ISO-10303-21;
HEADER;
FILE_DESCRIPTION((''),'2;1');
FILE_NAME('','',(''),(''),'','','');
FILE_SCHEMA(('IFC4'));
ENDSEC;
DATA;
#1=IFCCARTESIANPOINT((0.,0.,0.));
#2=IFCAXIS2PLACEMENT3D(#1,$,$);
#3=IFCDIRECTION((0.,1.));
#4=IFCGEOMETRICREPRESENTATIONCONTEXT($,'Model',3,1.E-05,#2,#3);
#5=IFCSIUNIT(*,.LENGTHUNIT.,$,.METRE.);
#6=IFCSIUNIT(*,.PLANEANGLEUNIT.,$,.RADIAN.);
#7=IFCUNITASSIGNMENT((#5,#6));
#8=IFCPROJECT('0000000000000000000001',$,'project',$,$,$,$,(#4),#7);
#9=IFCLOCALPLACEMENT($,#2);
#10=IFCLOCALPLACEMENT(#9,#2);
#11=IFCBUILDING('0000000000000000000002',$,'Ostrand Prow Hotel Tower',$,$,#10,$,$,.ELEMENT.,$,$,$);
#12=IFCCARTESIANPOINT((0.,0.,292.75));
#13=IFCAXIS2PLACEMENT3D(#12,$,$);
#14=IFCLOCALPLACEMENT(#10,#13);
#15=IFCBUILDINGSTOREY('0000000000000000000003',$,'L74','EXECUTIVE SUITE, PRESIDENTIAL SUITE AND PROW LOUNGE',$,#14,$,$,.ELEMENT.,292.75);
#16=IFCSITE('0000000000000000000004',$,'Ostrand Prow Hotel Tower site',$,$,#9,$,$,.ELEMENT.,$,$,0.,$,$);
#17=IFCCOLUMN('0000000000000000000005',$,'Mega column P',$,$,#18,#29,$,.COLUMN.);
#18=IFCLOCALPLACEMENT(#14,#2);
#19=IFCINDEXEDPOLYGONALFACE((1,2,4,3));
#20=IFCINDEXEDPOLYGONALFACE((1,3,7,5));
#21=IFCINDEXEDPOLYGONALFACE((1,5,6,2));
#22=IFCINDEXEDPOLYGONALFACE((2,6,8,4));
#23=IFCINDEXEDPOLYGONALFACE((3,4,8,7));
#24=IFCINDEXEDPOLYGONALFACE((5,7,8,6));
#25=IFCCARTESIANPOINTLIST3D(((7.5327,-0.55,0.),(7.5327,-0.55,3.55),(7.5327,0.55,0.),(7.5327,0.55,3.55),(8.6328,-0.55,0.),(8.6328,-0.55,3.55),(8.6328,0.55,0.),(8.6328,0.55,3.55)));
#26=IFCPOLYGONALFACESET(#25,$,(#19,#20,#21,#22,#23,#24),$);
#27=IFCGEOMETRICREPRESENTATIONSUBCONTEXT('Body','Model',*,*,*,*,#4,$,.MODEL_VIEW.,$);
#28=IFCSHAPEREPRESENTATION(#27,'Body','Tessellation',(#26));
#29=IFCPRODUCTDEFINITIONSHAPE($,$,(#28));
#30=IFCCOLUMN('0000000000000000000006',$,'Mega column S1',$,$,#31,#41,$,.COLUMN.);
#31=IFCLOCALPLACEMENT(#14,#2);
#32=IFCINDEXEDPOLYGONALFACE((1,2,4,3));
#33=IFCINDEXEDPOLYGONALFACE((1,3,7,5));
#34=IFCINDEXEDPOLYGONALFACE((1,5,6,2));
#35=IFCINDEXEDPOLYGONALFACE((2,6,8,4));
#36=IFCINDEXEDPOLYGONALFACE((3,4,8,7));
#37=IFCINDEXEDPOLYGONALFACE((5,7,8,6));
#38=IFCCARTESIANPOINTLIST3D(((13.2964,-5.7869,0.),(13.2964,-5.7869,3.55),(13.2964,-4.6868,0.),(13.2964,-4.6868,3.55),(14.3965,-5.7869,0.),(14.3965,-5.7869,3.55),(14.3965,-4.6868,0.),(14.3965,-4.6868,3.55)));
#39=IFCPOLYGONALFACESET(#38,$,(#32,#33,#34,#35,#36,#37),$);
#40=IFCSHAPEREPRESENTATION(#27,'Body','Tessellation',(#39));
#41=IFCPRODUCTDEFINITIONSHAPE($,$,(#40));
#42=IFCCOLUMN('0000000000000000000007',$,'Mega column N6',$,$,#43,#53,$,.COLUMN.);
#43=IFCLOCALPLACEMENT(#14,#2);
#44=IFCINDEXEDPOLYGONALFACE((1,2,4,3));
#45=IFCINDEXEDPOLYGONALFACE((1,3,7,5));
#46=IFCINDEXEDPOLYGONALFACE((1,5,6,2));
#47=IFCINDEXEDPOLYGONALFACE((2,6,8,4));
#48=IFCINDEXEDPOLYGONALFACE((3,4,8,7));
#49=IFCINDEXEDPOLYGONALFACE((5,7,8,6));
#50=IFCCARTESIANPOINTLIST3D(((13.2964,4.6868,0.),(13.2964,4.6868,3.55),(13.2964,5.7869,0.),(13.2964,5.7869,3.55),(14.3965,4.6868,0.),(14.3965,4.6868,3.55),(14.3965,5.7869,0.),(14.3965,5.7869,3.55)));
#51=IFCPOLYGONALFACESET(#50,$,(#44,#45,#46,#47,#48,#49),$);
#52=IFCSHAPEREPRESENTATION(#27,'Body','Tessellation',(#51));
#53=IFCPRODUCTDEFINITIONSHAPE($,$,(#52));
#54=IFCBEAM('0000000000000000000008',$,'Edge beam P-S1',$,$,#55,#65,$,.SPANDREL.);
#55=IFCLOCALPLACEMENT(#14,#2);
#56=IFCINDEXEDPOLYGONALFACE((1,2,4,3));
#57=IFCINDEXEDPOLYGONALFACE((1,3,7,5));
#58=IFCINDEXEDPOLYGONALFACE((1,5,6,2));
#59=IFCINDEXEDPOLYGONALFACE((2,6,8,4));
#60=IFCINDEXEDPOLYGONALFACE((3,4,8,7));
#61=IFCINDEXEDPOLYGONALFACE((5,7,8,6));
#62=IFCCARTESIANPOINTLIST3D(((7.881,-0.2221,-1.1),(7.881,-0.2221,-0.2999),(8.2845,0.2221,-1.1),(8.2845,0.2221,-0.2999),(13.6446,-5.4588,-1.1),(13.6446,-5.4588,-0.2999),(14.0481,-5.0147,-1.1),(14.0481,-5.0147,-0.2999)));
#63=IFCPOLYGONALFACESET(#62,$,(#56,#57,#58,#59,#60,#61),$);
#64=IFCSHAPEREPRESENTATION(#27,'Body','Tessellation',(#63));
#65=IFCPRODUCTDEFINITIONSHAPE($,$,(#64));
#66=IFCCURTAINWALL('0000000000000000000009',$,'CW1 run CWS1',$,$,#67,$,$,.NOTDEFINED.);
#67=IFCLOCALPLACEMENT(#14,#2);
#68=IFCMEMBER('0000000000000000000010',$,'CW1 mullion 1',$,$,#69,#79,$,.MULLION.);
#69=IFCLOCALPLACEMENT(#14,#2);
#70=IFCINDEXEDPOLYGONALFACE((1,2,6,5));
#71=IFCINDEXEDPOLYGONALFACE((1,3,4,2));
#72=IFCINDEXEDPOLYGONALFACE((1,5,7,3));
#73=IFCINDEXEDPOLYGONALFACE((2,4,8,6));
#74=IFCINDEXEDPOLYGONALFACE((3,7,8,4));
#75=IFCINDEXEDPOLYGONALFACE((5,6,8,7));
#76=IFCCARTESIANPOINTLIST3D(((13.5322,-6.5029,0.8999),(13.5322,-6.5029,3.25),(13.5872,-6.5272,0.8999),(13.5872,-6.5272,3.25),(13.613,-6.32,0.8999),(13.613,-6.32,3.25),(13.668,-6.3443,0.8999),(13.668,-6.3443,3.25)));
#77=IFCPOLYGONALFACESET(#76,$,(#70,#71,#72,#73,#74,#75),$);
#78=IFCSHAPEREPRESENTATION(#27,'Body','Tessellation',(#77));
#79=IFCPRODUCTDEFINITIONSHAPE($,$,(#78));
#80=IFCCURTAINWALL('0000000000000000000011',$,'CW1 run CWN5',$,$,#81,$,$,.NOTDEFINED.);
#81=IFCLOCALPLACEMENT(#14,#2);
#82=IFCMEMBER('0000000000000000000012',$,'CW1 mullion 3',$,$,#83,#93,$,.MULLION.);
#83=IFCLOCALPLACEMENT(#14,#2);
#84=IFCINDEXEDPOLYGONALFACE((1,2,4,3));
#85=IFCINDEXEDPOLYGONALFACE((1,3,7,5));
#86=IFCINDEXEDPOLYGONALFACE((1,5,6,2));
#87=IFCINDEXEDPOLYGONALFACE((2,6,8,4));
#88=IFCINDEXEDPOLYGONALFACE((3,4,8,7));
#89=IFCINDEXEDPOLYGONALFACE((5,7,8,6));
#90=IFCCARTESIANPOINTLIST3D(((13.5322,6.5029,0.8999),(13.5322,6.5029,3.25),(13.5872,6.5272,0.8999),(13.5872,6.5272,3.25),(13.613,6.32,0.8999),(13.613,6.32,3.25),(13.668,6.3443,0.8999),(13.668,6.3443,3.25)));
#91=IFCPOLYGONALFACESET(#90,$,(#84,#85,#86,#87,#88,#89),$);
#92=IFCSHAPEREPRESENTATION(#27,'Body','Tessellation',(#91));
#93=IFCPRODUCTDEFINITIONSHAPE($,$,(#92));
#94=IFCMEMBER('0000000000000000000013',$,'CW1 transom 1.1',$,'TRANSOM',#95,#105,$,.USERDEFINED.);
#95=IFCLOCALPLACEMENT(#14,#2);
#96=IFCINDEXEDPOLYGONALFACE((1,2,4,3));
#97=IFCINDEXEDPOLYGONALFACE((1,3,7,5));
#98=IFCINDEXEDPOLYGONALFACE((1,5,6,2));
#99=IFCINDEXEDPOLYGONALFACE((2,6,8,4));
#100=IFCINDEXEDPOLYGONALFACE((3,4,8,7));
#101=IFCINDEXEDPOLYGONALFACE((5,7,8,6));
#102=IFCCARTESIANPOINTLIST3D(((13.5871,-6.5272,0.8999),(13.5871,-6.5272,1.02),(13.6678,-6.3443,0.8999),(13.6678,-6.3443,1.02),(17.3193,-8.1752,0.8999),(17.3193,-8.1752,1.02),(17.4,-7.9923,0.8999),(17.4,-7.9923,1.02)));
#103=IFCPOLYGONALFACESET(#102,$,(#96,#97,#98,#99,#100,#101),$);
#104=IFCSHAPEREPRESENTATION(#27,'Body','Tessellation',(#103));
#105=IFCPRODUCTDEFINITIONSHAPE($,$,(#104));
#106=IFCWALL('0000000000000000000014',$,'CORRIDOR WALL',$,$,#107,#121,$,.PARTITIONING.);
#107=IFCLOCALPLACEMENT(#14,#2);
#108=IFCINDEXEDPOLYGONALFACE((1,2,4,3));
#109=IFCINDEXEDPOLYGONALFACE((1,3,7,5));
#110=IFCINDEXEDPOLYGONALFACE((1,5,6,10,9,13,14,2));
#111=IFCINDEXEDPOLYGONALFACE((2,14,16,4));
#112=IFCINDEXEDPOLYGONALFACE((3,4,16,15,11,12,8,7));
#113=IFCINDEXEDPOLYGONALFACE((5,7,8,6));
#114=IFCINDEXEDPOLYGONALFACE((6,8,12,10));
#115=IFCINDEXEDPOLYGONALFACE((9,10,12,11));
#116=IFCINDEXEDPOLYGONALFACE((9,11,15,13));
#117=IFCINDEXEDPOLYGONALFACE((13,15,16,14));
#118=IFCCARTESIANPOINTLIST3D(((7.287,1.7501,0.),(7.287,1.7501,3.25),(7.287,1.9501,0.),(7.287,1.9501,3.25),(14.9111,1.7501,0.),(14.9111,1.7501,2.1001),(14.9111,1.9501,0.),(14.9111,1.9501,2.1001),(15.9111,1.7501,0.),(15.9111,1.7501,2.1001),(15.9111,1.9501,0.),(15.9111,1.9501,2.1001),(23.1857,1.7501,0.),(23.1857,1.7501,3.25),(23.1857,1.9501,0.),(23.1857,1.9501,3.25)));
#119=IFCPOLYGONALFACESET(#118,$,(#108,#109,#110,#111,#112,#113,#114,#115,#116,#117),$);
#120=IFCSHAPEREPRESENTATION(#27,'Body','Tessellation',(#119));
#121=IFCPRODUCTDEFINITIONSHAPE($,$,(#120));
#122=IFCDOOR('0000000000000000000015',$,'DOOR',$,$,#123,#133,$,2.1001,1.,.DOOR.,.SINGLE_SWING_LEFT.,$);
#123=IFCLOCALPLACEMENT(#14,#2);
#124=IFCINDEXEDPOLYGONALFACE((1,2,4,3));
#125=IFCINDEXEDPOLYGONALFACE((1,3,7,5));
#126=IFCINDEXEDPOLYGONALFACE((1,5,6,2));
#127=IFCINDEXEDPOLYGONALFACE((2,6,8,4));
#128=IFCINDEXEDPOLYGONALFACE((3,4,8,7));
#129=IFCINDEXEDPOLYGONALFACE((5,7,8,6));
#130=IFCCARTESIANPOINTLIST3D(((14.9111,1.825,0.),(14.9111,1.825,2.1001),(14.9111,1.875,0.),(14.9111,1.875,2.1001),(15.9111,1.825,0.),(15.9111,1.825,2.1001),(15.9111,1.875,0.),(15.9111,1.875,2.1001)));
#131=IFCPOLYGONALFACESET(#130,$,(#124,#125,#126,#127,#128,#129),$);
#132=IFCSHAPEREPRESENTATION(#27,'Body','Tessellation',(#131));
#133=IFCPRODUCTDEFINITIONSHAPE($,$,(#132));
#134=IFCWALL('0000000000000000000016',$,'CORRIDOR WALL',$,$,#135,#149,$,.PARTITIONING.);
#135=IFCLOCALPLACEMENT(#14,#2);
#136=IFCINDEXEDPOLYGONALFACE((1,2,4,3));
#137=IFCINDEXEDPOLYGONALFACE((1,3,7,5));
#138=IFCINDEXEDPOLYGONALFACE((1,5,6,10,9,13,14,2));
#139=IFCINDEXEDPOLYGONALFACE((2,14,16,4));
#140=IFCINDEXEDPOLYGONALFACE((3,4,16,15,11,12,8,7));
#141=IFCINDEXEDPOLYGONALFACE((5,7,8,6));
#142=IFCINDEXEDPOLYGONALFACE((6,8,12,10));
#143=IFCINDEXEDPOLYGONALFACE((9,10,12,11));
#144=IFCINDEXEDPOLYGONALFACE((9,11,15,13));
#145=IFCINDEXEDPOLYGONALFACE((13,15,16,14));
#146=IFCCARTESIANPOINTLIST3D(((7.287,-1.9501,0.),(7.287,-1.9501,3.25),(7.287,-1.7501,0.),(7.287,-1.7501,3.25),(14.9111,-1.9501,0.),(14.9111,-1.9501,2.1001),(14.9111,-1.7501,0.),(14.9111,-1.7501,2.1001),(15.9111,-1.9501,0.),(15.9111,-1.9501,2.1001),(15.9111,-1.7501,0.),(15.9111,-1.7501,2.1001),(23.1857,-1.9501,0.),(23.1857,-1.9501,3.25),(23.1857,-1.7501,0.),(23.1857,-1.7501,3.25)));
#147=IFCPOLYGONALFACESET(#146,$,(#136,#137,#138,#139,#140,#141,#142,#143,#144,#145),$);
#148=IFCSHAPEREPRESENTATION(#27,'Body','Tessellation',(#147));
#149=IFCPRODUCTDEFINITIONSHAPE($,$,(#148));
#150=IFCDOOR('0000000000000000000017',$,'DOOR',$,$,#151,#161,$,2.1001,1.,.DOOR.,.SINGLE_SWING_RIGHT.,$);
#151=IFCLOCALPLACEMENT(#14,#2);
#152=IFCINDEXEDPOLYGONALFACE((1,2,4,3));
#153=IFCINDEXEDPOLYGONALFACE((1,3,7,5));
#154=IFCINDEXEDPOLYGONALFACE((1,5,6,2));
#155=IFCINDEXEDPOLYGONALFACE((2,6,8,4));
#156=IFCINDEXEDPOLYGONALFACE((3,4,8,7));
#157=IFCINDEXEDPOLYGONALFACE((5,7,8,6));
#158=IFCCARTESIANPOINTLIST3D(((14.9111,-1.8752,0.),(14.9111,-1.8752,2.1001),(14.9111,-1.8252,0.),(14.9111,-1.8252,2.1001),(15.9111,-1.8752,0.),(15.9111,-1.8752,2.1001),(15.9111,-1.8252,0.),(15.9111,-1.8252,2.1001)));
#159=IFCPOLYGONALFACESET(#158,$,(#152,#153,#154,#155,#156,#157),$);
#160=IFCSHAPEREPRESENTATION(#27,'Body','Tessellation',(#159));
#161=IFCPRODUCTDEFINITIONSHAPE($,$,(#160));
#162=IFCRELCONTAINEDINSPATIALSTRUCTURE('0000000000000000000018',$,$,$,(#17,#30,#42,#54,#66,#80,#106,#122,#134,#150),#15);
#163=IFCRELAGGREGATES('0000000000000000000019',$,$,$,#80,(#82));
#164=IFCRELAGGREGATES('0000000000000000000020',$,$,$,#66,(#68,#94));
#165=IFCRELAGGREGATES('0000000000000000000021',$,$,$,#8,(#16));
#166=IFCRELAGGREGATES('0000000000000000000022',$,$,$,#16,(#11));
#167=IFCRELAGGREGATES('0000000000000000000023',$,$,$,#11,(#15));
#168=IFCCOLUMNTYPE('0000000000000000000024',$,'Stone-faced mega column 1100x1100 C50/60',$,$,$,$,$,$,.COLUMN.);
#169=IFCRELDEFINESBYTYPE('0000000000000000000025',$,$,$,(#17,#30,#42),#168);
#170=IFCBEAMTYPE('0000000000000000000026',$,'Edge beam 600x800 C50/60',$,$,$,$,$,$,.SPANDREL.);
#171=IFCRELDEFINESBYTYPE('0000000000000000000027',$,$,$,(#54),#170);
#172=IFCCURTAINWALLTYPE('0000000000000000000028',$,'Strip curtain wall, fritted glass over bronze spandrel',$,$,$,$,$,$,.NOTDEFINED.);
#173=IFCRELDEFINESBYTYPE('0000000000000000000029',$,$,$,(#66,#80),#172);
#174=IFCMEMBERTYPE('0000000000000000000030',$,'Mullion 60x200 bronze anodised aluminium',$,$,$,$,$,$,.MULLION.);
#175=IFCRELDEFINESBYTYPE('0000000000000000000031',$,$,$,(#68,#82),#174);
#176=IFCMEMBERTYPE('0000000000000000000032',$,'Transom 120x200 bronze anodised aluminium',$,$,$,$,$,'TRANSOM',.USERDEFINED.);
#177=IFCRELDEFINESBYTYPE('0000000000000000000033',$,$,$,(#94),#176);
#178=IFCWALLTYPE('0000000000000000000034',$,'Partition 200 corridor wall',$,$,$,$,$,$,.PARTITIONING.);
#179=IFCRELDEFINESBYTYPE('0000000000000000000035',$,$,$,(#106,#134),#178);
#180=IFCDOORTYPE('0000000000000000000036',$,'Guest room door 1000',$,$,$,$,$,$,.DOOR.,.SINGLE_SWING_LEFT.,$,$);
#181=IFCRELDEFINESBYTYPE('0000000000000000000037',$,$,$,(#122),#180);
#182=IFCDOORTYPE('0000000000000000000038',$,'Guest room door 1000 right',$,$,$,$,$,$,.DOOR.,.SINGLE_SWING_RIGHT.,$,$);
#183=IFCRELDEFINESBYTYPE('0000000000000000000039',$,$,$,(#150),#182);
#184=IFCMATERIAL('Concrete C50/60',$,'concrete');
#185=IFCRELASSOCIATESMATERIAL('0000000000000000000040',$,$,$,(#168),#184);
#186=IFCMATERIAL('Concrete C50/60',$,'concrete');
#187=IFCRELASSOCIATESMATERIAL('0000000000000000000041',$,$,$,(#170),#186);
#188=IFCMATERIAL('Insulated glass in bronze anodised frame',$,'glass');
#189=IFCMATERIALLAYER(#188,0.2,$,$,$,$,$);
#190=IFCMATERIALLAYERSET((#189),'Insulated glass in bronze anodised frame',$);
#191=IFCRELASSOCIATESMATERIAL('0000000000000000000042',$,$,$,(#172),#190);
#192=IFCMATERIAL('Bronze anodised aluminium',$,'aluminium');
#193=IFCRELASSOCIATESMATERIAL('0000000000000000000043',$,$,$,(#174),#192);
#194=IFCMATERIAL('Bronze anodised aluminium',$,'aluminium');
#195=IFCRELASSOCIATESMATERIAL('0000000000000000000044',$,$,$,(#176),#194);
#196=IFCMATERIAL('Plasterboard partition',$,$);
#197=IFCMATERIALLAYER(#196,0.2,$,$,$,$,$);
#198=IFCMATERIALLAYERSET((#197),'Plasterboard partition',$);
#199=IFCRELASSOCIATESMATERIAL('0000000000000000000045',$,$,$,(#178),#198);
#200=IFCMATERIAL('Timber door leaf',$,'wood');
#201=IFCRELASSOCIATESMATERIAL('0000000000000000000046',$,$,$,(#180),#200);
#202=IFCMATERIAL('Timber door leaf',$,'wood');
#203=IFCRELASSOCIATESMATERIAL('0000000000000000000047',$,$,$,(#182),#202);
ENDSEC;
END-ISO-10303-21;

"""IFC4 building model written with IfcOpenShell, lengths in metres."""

from ifc_helpers import new_model, si_unit, direction, frame, frame_2d, origin, origin_2d, place, context, subcontext, project, spatial, rectangle, extrude, material, layer, layer_set, material_profile, profile_set, type_object, element, fill, aggregate, save


model = new_model("IFC4")

# Units and contexts
model_context = context("Model", 3, precision=1e-05, world=origin(), true_north=direction((0.0, 1.0)))
body_context = subcontext(model_context, "Body", "Model", "MODEL_VIEW")
ifc_project = project(units=[si_unit("LENGTHUNIT", "METRE"), si_unit("PLANEANGLEUNIT", "RADIAN")], contexts=[model_context])

# Site, building, storey
site_placement = place(None, origin())
site = spatial("IfcSite", under=ifc_project, at=site_placement, Name="Ostrand Prow Hotel Tower site", CompositionType="ELEMENT", RefElevation=0.0)
building_placement = place(site_placement, origin())
building = spatial("IfcBuilding", under=site, at=building_placement, Name="Ostrand Prow Hotel Tower", CompositionType="ELEMENT")
storey_placement = place(building_placement, frame((0.0, 0.0, 292.75)))
storey = spatial("IfcBuildingStorey", under=building, at=storey_placement, Name="L74", Description="EXECUTIVE SUITE, PRESIDENTIAL SUITE AND PROW LOUNGE", CompositionType="ELEMENT", Elevation=292.75)

# Columns
ifc_material_1 = material(Name="Concrete C50/60", Category="concrete")
ifc_material_profile_1 = material_profile(ifc_material_1, rectangle(XDim=1.1001, YDim=1.1001, at=origin_2d()), Name="RC 1100x1100")
ifc_profile_set_1 = profile_set([ifc_material_profile_1], Name="Concrete C50/60")
column_type = type_object("IfcColumnType", Name="Stone-faced mega column 1100x1100 C50/60", PredefinedType="COLUMN", material=ifc_profile_set_1)
for number, where, z_axis, x_axis, name in (
    (1, (8.0828, 0.0, 0.0), (0.0, 0.0, 1.0), (1.0, 0.0, 0.0), "Mega column P"),
    (2, (13.8464, -5.2368, 0.0), (0.0, 0.0, 1.0), (1.0, 0.0, 0.0), "Mega column S1"),
    (3, (13.8464, 5.2368, 0.0), (0.0, 0.0, 1.0), (1.0, 0.0, 0.0), "Mega column N6"),
):
    element("IfcColumn", number, at=place(storey_placement, frame(where, z_axis=z_axis, x_axis=x_axis)), inside=storey, type_object=column_type, Name=name, PredefinedType="COLUMN", context=body_context, shape_type="SweptSolid", body=[
        extrude(rectangle(XDim=1.1001, YDim=1.1001, at=origin_2d()), origin(), (0.0, 0.0, 1.0), 3.55),
    ])

# Beam
ifc_material_2 = material(Name="Concrete C50/60", Category="concrete")
ifc_material_profile_2 = material_profile(ifc_material_2, rectangle(XDim=0.6001, YDim=0.8, at=origin_2d()), Name="RC 600x800")
ifc_profile_set_2 = profile_set([ifc_material_profile_2], Name="Concrete C50/60")
beam_type = type_object("IfcBeamType", Name="Edge beam 600x800 C50/60", PredefinedType="SPANDREL", material=ifc_profile_set_2)
beam_placement = place(storey_placement, frame((8.0828, 0.0, -0.7), z_axis=(0.740124, -0.67247, 0.0), x_axis=(0.67247, 0.740124, 0.0)))
element("IfcBeam", 4, at=beam_placement, inside=storey, type_object=beam_type, Name="Edge beam P-S1", PredefinedType="SPANDREL", context=body_context, shape_type="SweptSolid", body=[
    extrude(rectangle(XDim=0.6001, YDim=0.8, at=origin_2d()), origin(), (0.0, 0.0, 1.0), 7.7874),
])

# Curtain walls, members
ifc_material_3 = material(Name="Insulated glass in bronze anodised frame", Category="glass")
ifc_layer_1 = layer(ifc_material_3, 0.2)
ifc_layer_set_1 = layer_set([ifc_layer_1], Name="Insulated glass in bronze anodised frame")
curtain_wall_type = type_object("IfcCurtainWallType", Name="Strip curtain wall, fritted glass over bronze spandrel", PredefinedType="NOTDEFINED", material=ifc_layer_set_1)
curtain_wall_1_placement = place(storey_placement, origin())
curtain_wall_1 = element("IfcCurtainWall", 5, at=curtain_wall_1_placement, inside=storey, type_object=curtain_wall_type, Name="CW1 run CWS1", PredefinedType="NOTDEFINED")
ifc_material_4 = material(Name="Bronze anodised aluminium", Category="aluminium")
ifc_material_profile_3 = material_profile(ifc_material_4, rectangle(XDim=0.2, YDim=0.0601, at=origin_2d()), Name="Mullion 60x200 bronze anodised aluminium")
ifc_profile_set_3 = profile_set([ifc_material_profile_3], Name="Bronze anodised aluminium")
member_type_1 = type_object("IfcMemberType", Name="Mullion 60x200 bronze anodised aluminium", PredefinedType="MULLION", material=ifc_profile_set_3)
member_1_placement = place(storey_placement, frame((13.6001, -6.4236, 0.8999), z_axis=(0.0, 0.0, 1.0), x_axis=(0.40394, 0.914786, 0.0)))
member_1 = element("IfcMember", 6, at=member_1_placement, type_object=member_type_1, Name="CW1 mullion 1", PredefinedType="MULLION", context=body_context, shape_type="SweptSolid", body=[
    extrude(rectangle(XDim=0.2, YDim=0.0601, at=origin_2d()), origin(), (0.0, 0.0, 1.0), 2.3501),
])
curtain_wall_2_placement = place(storey_placement, origin())
curtain_wall_2 = element("IfcCurtainWall", 7, at=curtain_wall_2_placement, inside=storey, type_object=curtain_wall_type, Name="CW1 run CWN5", PredefinedType="NOTDEFINED")
member_2_placement = place(storey_placement, frame((13.6001, 6.4236, 0.8999), z_axis=(0.0, 0.0, 1.0), x_axis=(0.40394, -0.914786, 0.0)))
member_2 = element("IfcMember", 8, at=member_2_placement, type_object=member_type_1, Name="CW1 mullion 3", PredefinedType="MULLION", context=body_context, shape_type="SweptSolid", body=[
    extrude(rectangle(XDim=0.2, YDim=0.0601, at=origin_2d()), origin(), (0.0, 0.0, 1.0), 2.3501),
])
aggregate(curtain_wall_2, [member_2])

# Member
ifc_material_5 = material(Name="Bronze anodised aluminium", Category="aluminium")
ifc_material_profile_4 = material_profile(ifc_material_5, rectangle(XDim=0.2, YDim=0.1201, at=origin_2d()), Name="Transom 120x200 bronze anodised aluminium")
ifc_profile_set_4 = profile_set([ifc_material_profile_4], Name="Bronze anodised aluminium")
member_type_2 = type_object("IfcMemberType", Name="Transom 120x200 bronze anodised aluminium", ElementType="TRANSOM", PredefinedType="USERDEFINED", material=ifc_profile_set_4)
member_3_placement = place(storey_placement, frame((13.6274, -6.4358, 0.96), z_axis=(0.914791, -0.403927, 0.0), x_axis=(0.403927, 0.914791, 0.0)))
member_3 = element("IfcMember", 9, at=member_3_placement, type_object=member_type_2, Name="CW1 transom 1.1", ObjectType="TRANSOM", PredefinedType="USERDEFINED", context=body_context, shape_type="SweptSolid", body=[
    extrude(rectangle(XDim=0.2, YDim=0.1201, at=origin_2d()), origin(), (0.0, 0.0, 1.0), 4.0798),
])
aggregate(curtain_wall_1, [member_1, member_3])

# Walls, openings, doors
ifc_material_6 = material(Name="Plasterboard partition")
ifc_layer_2 = layer(ifc_material_6, 0.2)
ifc_layer_set_2 = layer_set([ifc_layer_2], Name="Plasterboard partition")
wall_type_1 = type_object("IfcWallType", Name="Partition 200 corridor wall", PredefinedType="PARTITIONING", material=ifc_layer_set_2)
wall_1_placement = place(storey_placement, frame((7.2871, 1.8501, 0.0), z_axis=(0.0, 0.0, 1.0), x_axis=(1.0, 0.0, 0.0)))
wall_1 = element("IfcWall", 10, at=wall_1_placement, inside=storey, type_object=wall_type_1, Name="CORRIDOR WALL", PredefinedType="PARTITIONING", context=body_context, shape_type="SweptSolid", body=[
    extrude(rectangle(XDim=15.8987, YDim=0.2, at=frame_2d((7.9492, 0.0))), origin(), (0.0, 0.0, 1.0), 3.25),
])
opening_1_placement = place(wall_1_placement, frame((7.624, 0.0, 0.0)))
opening_1 = element("IfcOpeningElement", 11, at=opening_1_placement, cuts=wall_1, PredefinedType="OPENING", context=body_context, shape_type="SweptSolid", body=[
    extrude(rectangle(XDim=1.0, YDim=2.1001, at=frame_2d((0.5, 1.05))), frame((0.0, 0.1099, 0.0), z_axis=(0.0, -1.0, 0.0), x_axis=(1.0, 0.0, 0.0)), (0.0, 0.0, 1.0), 0.22),
])
ifc_material_7 = material(Name="Timber door leaf", Category="wood")
door_type_1 = type_object("IfcDoorType", Name="Guest room door 1000", OperationType="SINGLE_SWING_LEFT", PredefinedType="DOOR", material=ifc_material_7)
door_1_placement = place(opening_1_placement, origin())
door_1 = element("IfcDoor", 12, at=door_1_placement, inside=storey, type_object=door_type_1, Name="DOOR", OperationType="SINGLE_SWING_LEFT", OverallHeight=2.1001, OverallWidth=1.0, PredefinedType="DOOR", context=body_context, shape_type="SweptSolid", body=[
    extrude(rectangle(XDim=1.0, YDim=2.1001, at=frame_2d((0.5, 1.05))), frame((0.0, 0.0249, 0.0), z_axis=(0.0, -1.0, 0.0), x_axis=(1.0, 0.0, 0.0)), (0.0, 0.0, 1.0), 0.05),
])
fill(opening_1, door_1)
wall_2_placement = place(storey_placement, frame((7.2871, -1.8501, 0.0), z_axis=(0.0, 0.0, 1.0), x_axis=(1.0, 0.0, 0.0)))
wall_2 = element("IfcWall", 13, at=wall_2_placement, inside=storey, type_object=wall_type_1, Name="CORRIDOR WALL", PredefinedType="PARTITIONING", context=body_context, shape_type="SweptSolid", body=[
    extrude(rectangle(XDim=15.8987, YDim=0.2, at=frame_2d((7.9492, 0.0))), origin(), (0.0, 0.0, 1.0), 3.25),
])
opening_2_placement = place(wall_2_placement, frame((7.624, 0.0, 0.0)))
opening_2 = element("IfcOpeningElement", 14, at=opening_2_placement, cuts=wall_2, PredefinedType="OPENING", context=body_context, shape_type="SweptSolid", body=[
    extrude(rectangle(XDim=1.0, YDim=2.1001, at=frame_2d((0.5, 1.05))), frame((0.0, 0.1099, 0.0), z_axis=(0.0, -1.0, 0.0), x_axis=(1.0, 0.0, 0.0)), (0.0, 0.0, 1.0), 0.22),
])
ifc_material_8 = material(Name="Timber door leaf", Category="wood")
door_type_2 = type_object("IfcDoorType", Name="Guest room door 1000 right", OperationType="SINGLE_SWING_RIGHT", PredefinedType="DOOR", material=ifc_material_8)
door_2_placement = place(opening_2_placement, origin())
door_2 = element("IfcDoor", 15, at=door_2_placement, inside=storey, type_object=door_type_2, Name="DOOR", OperationType="SINGLE_SWING_RIGHT", OverallHeight=2.1001, OverallWidth=1.0, PredefinedType="DOOR", context=body_context, shape_type="SweptSolid", body=[
    extrude(rectangle(XDim=1.0, YDim=2.1001, at=frame_2d((0.5, 1.05))), frame((0.0, 0.0249, 0.0), z_axis=(0.0, -1.0, 0.0), x_axis=(1.0, 0.0, 0.0)), (0.0, 0.0, 1.0), 0.05),
])
fill(opening_2, door_2)

save(model, "model.ifc")
